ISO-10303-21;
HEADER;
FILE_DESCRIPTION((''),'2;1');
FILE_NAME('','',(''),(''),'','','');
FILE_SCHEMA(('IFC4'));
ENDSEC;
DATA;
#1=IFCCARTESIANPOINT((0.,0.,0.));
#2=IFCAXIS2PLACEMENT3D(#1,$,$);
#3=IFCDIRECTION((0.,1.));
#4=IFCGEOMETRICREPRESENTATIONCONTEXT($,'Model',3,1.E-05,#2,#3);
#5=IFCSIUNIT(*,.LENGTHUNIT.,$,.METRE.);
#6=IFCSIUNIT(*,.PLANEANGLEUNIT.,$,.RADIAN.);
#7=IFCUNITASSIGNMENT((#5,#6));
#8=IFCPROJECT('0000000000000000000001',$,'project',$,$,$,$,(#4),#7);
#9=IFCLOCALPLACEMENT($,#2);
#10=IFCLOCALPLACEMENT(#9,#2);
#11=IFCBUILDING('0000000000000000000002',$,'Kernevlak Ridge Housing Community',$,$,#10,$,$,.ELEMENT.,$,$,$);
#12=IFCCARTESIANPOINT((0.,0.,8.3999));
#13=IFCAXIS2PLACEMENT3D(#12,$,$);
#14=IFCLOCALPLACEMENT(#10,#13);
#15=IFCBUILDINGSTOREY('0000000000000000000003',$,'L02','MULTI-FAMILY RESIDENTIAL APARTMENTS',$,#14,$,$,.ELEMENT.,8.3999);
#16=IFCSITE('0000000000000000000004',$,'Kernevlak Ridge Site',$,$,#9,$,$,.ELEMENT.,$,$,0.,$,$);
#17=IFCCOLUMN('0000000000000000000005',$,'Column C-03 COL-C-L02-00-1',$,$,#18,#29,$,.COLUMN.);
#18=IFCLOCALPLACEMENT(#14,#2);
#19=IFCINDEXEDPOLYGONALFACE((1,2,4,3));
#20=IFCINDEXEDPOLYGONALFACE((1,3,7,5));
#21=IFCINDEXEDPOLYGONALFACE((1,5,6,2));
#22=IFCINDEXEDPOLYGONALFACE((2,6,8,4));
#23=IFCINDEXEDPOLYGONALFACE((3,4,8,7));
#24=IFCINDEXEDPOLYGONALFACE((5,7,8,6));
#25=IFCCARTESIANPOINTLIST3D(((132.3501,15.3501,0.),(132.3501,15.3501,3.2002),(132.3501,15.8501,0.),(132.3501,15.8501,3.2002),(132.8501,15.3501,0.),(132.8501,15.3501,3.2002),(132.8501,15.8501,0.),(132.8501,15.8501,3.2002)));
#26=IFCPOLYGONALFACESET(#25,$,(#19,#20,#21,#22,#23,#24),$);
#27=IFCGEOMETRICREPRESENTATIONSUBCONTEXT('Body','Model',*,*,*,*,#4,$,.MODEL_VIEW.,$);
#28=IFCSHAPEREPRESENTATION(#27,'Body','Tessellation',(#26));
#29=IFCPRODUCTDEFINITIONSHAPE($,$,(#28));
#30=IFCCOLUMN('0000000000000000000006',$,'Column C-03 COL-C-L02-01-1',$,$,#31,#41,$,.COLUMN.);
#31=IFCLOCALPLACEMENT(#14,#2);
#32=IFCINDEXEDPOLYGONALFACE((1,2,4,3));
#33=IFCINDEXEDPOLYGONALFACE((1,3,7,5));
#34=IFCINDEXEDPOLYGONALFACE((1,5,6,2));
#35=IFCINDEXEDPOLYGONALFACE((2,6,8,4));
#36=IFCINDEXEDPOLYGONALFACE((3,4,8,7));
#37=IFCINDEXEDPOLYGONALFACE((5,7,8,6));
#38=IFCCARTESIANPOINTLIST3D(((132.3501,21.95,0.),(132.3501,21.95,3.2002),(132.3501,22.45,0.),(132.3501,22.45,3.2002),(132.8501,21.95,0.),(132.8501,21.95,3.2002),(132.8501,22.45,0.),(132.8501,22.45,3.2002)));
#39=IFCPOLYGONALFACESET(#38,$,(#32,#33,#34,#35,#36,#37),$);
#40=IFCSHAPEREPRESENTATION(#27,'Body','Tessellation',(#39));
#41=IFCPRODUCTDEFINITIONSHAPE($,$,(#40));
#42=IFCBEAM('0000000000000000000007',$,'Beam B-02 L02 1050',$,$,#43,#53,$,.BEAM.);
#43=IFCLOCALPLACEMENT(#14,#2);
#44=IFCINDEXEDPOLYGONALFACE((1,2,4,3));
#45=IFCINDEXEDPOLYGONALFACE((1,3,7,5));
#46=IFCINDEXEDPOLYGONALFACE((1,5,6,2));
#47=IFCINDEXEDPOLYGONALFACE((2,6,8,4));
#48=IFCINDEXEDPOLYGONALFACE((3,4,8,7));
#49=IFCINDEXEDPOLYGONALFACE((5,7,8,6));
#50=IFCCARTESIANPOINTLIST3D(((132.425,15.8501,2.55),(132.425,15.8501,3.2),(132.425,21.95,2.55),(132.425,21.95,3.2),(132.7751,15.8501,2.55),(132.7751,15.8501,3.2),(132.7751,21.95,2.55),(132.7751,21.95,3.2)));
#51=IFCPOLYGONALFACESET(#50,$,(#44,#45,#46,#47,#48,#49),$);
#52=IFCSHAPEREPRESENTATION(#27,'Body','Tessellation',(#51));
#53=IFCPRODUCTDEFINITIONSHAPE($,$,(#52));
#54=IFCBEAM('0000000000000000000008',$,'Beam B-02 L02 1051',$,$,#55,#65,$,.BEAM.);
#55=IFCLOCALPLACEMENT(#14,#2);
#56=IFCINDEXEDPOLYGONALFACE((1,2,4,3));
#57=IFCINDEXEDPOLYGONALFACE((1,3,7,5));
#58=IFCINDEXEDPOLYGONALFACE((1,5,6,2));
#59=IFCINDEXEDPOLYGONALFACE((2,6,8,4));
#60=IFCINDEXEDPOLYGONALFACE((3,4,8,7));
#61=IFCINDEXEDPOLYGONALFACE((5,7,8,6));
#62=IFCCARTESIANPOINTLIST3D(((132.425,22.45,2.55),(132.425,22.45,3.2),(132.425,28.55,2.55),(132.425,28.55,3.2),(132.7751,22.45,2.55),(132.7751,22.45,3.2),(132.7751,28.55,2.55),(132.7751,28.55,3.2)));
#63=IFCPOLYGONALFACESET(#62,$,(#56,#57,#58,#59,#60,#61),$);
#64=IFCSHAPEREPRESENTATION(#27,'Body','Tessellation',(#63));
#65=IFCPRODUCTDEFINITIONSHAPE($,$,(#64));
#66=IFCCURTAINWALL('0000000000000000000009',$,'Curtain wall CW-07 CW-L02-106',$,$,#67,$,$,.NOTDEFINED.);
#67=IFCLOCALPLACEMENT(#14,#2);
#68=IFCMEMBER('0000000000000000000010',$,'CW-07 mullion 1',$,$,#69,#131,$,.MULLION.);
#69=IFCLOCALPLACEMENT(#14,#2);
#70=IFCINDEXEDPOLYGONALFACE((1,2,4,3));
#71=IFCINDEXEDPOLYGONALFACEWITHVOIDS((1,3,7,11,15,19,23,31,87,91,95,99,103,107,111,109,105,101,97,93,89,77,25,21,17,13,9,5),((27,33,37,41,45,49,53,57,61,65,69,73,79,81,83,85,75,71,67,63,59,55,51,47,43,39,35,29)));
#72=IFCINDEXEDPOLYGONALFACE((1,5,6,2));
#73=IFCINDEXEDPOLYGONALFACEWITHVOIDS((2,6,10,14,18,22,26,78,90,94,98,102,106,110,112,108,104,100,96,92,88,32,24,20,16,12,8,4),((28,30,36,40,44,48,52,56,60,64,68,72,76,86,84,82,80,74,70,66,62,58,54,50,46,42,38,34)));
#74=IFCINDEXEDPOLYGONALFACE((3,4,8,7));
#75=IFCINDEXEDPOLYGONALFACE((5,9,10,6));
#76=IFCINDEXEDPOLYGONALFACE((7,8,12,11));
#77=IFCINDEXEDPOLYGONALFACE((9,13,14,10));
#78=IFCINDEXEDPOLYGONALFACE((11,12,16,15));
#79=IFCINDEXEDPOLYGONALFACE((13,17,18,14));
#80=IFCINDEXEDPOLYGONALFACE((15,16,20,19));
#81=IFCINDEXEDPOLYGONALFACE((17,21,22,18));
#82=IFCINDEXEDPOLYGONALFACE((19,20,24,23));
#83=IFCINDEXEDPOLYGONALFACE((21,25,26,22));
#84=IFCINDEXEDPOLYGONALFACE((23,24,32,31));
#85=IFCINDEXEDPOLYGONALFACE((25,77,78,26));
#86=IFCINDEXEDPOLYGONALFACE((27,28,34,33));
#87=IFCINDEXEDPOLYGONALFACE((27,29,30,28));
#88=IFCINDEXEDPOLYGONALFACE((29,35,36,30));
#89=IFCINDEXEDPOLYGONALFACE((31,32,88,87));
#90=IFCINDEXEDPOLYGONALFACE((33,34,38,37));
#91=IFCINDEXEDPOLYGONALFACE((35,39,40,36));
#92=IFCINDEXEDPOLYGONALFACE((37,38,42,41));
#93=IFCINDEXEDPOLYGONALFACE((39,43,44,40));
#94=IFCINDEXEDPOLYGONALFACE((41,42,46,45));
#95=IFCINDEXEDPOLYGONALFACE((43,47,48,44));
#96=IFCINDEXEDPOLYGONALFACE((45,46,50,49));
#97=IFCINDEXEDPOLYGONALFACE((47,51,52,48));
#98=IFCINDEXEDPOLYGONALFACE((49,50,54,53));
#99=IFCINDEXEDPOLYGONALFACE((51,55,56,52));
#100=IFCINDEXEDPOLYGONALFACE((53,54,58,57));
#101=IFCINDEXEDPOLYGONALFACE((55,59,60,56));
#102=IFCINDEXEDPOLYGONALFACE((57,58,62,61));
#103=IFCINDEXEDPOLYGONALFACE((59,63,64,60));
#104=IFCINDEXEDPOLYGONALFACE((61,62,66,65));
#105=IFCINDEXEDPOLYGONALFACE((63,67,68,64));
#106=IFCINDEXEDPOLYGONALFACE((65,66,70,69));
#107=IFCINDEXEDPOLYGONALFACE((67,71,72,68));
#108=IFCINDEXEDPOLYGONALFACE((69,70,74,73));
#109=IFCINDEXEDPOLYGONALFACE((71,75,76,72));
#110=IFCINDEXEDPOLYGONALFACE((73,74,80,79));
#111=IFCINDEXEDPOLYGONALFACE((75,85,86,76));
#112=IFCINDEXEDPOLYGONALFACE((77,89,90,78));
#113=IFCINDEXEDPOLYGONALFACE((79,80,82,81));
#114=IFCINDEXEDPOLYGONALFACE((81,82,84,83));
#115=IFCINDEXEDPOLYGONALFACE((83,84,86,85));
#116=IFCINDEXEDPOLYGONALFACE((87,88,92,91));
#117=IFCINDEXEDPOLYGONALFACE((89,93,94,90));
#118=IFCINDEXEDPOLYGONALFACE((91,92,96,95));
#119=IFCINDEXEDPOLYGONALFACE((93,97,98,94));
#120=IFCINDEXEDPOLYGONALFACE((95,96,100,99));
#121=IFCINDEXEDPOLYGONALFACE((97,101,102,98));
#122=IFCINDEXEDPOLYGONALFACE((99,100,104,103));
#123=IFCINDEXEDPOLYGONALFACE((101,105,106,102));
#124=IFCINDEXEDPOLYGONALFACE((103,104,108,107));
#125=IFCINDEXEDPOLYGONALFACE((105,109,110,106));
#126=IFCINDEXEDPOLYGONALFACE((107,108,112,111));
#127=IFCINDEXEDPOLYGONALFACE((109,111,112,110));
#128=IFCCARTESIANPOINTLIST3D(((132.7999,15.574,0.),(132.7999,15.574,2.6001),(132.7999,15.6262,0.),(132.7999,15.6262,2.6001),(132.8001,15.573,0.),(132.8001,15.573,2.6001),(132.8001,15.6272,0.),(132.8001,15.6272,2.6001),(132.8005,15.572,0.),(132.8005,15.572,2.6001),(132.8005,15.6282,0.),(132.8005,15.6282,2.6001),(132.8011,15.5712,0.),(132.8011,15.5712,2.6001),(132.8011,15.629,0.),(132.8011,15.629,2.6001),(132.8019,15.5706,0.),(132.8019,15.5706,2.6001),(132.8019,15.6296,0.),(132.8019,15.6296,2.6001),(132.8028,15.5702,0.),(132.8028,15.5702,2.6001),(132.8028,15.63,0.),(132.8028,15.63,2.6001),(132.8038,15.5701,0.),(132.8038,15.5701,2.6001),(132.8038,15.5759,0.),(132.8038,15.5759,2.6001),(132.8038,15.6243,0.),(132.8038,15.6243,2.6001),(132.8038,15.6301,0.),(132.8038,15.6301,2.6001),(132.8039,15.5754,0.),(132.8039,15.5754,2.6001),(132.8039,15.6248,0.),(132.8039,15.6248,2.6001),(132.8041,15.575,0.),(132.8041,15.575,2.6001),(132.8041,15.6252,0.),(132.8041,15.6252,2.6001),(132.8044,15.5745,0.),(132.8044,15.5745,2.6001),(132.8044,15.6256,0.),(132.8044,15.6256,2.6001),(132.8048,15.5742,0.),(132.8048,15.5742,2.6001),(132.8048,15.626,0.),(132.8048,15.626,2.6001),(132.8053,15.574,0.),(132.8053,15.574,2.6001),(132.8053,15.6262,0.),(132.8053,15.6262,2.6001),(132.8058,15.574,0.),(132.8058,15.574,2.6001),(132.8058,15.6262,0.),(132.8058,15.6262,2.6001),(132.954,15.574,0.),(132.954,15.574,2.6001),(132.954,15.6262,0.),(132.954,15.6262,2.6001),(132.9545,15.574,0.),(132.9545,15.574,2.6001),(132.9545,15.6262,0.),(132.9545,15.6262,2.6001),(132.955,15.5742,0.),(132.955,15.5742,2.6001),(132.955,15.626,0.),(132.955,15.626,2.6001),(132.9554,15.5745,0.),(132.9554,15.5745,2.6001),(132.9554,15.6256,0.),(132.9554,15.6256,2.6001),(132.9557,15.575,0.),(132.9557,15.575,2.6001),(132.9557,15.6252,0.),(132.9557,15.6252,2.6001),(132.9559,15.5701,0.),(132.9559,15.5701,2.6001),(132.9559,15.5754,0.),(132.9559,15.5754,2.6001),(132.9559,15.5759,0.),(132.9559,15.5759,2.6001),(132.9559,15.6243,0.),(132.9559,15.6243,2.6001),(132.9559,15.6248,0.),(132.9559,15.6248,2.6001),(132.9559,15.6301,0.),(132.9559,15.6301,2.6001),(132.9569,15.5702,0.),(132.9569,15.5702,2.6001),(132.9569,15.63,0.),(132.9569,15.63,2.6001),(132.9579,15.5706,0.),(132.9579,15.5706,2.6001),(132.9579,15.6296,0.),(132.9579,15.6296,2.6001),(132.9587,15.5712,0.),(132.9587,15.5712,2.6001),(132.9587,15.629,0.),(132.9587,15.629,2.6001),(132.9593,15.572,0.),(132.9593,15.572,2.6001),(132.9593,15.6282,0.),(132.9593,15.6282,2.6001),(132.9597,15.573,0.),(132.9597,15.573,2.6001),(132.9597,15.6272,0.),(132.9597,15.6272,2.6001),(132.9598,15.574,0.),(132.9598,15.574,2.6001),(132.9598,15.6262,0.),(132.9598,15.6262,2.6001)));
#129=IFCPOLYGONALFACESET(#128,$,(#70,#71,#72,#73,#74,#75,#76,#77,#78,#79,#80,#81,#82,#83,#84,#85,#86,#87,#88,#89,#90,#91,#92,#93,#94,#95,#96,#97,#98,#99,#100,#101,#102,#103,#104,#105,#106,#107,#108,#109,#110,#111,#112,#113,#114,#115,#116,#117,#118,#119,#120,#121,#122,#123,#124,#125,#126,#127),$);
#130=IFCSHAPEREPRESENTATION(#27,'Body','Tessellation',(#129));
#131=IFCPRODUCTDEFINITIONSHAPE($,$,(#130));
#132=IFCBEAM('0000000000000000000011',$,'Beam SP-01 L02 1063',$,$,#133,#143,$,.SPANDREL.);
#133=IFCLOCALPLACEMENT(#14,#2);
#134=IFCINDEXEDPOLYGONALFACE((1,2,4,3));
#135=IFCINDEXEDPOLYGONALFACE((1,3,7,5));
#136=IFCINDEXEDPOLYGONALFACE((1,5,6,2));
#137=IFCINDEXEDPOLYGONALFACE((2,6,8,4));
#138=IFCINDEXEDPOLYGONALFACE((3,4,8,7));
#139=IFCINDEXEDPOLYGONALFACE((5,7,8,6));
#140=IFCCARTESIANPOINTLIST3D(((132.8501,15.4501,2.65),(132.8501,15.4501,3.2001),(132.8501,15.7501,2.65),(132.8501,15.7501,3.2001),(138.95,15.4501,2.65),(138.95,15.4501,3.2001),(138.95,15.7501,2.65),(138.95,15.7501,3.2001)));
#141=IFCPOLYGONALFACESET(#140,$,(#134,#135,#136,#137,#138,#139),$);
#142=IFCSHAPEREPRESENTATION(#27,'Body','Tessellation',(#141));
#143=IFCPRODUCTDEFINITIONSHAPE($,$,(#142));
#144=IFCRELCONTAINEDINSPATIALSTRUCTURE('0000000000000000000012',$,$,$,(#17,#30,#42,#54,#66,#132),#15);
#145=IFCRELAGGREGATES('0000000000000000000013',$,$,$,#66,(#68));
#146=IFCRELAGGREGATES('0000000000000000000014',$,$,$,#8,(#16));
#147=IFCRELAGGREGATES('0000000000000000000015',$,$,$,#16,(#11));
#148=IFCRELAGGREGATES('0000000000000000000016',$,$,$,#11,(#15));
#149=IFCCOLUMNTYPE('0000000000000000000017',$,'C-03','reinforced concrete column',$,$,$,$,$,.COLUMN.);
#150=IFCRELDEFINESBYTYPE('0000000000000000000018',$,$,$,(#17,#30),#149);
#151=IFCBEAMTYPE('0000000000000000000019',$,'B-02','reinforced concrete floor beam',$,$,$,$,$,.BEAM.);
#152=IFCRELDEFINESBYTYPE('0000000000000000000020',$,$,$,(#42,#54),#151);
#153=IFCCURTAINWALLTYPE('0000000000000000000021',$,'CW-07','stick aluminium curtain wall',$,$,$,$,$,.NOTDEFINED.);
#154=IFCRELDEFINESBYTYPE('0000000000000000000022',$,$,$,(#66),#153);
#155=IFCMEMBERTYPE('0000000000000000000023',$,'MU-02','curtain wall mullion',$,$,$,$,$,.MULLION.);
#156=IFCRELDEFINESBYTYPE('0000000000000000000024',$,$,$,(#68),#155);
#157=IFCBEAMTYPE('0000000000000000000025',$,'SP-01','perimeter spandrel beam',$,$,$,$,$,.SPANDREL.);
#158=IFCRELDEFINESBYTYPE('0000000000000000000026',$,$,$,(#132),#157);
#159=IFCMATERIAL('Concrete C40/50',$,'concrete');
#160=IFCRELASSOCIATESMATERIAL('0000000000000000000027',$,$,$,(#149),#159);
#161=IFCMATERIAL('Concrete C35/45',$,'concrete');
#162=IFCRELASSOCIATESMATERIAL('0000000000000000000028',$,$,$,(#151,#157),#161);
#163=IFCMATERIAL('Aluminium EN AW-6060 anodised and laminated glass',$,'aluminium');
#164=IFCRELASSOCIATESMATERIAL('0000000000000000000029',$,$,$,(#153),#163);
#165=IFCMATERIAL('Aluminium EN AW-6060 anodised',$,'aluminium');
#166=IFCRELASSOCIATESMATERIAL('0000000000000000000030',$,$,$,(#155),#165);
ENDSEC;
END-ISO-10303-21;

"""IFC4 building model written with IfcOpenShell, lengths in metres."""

from ifc_helpers import new_model, si_unit, direction, frame, origin, origin_2d, place, context, subcontext, project, spatial, rectangle, hollow_rectangle, extrude, material, material_profile, profile_set, type_object, element, aggregate, save


model = new_model("IFC4")

# Units and contexts
model_context = context("Model", 3, precision=1e-05, world=origin(), true_north=direction((0.0, 1.0)))
body_context = subcontext(model_context, "Body", "Model", "MODEL_VIEW")
ifc_project = project(units=[si_unit("LENGTHUNIT", "METRE"), si_unit("PLANEANGLEUNIT", "RADIAN")], contexts=[model_context])

# Site, building, storey
site_placement = place(None, origin())
site = spatial("IfcSite", under=ifc_project, at=site_placement, Name="Kernevlak Ridge Site", CompositionType="ELEMENT", RefElevation=0.0)
building_placement = place(site_placement, origin())
building = spatial("IfcBuilding", under=site, at=building_placement, Name="Kernevlak Ridge Housing Community", CompositionType="ELEMENT")
storey_placement = place(building_placement, frame((0.0, 0.0, 8.3999)))
storey = spatial("IfcBuildingStorey", under=building, at=storey_placement, Name="L02", Description="MULTI-FAMILY RESIDENTIAL APARTMENTS", CompositionType="ELEMENT", Elevation=8.3999)

# Columns
ifc_material_1 = material(Name="Concrete C40/50", Category="concrete")
ifc_material_profile_1 = material_profile(ifc_material_1, rectangle(XDim=0.5, YDim=0.5, at=origin_2d()), Name="RC 500x500")
ifc_profile_set_1 = profile_set([ifc_material_profile_1], Name="Concrete C40/50")
column_type = type_object("IfcColumnType", Name="C-03", Description="reinforced concrete column", PredefinedType="COLUMN", material=ifc_profile_set_1)
for number, where, z_axis, x_axis, name in (
    (1, (132.6001, 15.6001, 0.0), (0.0, 0.0, 1.0), (1.0, 0.0, 0.0), "Column C-03 COL-C-L02-00-1"),
    (2, (132.6001, 22.2, 0.0), (0.0, 0.0, 1.0), (1.0, 0.0, 0.0), "Column C-03 COL-C-L02-01-1"),
):
    element("IfcColumn", number, at=place(storey_placement, frame(where, z_axis=z_axis, x_axis=x_axis)), inside=storey, type_object=column_type, Name=name, PredefinedType="COLUMN", context=body_context, shape_type="SweptSolid", body=[
        extrude(rectangle(XDim=0.5, YDim=0.5, at=origin_2d()), origin(), (0.0, 0.0, 1.0), 3.2002),
    ])

# Beams
ifc_material_2 = material(Name="Concrete C35/45", Category="concrete")
ifc_material_profile_2 = material_profile(ifc_material_2, rectangle(XDim=0.3501, YDim=0.6499, at=origin_2d()), Name="RC 350x650")
ifc_profile_set_2 = profile_set([ifc_material_profile_2], Name="Concrete C35/45")
beam_type_1 = type_object("IfcBeamType", Name="B-02", Description="reinforced concrete floor beam", PredefinedType="BEAM", material=ifc_profile_set_2)
beam_1_placement = place(storey_placement, frame((132.6001, 15.8501, 2.875), z_axis=(0.0, 1.0, 0.0), x_axis=(-1.0, 0.0, 0.0)))
element("IfcBeam", 3, at=beam_1_placement, inside=storey, type_object=beam_type_1, Name="Beam B-02 L02 1050", PredefinedType="BEAM", context=body_context, shape_type="SweptSolid", body=[
    extrude(rectangle(XDim=0.3501, YDim=0.6499, at=origin_2d()), origin(), (0.0, 0.0, 1.0), 6.0999),
])
beam_2_placement = place(storey_placement, frame((132.6001, 22.45, 2.875), z_axis=(0.0, 1.0, 0.0), x_axis=(-1.0, 0.0, 0.0)))
element("IfcBeam", 4, at=beam_2_placement, inside=storey, type_object=beam_type_1, Name="Beam B-02 L02 1051", PredefinedType="BEAM", context=body_context, shape_type="SweptSolid", body=[
    extrude(rectangle(XDim=0.3501, YDim=0.6499, at=origin_2d()), origin(), (0.0, 0.0, 1.0), 6.1001),
])

# Curtain wall, member
ifc_material_3 = material(Name="Aluminium EN AW-6060 anodised and laminated glass", Category="aluminium")
curtain_wall_type = type_object("IfcCurtainWallType", Name="CW-07", Description="stick aluminium curtain wall", PredefinedType="NOTDEFINED", material=ifc_material_3)
curtain_wall_placement = place(storey_placement, origin())
curtain_wall = element("IfcCurtainWall", 5, at=curtain_wall_placement, inside=storey, type_object=curtain_wall_type, Name="Curtain wall CW-07 CW-L02-106", PredefinedType="NOTDEFINED")
ifc_material_4 = material(Name="Aluminium EN AW-6060 anodised", Category="aluminium")
ifc_material_profile_3 = material_profile(ifc_material_4, hollow_rectangle(XDim=0.0601, YDim=0.1599, WallThickness=0.0039, InnerFilletRadius=0.002, OuterFilletRadius=0.0039, at=origin_2d()), Name="ALU 60x160x4")
ifc_profile_set_3 = profile_set([ifc_material_profile_3], Name="Aluminium EN AW-6060 anodised")
member_type_1 = type_object("IfcMemberType", Name="MU-02", Description="curtain wall mullion", PredefinedType="MULLION", material=ifc_profile_set_3)
member_1_placement = place(storey_placement, frame((132.8799, 15.6001, 0.0), z_axis=(0.0, 0.0, 1.0), x_axis=(0.0, 1.0, 0.0)))
member_1 = element("IfcMember", 6, at=member_1_placement, type_object=member_type_1, Name="CW-07 mullion 1", PredefinedType="MULLION", context=body_context, shape_type="SweptSolid", body=[
    extrude(hollow_rectangle(XDim=0.0601, YDim=0.1599, WallThickness=0.0039, InnerFilletRadius=0.002, OuterFilletRadius=0.0039, at=origin_2d()), origin(), (0.0, 0.0, 1.0), 2.6001),
])

# Beam
ifc_material_profile_4 = material_profile(ifc_material_2, rectangle(XDim=0.3, YDim=0.55, at=origin_2d()), Name="RC 300x550")
ifc_profile_set_4 = profile_set([ifc_material_profile_4], Name="Concrete C35/45")
beam_type_2 = type_object("IfcBeamType", Name="SP-01", Description="perimeter spandrel beam", PredefinedType="SPANDREL", material=ifc_profile_set_4)
beam_3_placement = place(storey_placement, frame((132.8501, 15.6001, 2.925), z_axis=(1.0, 0.0, 0.0), x_axis=(0.0, 1.0, 0.0)))
element("IfcBeam", 7, at=beam_3_placement, inside=storey, type_object=beam_type_2, Name="Beam SP-01 L02 1063", PredefinedType="SPANDREL", context=body_context, shape_type="SweptSolid", body=[
    extrude(rectangle(XDim=0.3, YDim=0.55, at=origin_2d()), origin(), (0.0, 0.0, 1.0), 6.0999),
])

aggregate(curtain_wall, [member_1])

save(model, "model.ifc")
